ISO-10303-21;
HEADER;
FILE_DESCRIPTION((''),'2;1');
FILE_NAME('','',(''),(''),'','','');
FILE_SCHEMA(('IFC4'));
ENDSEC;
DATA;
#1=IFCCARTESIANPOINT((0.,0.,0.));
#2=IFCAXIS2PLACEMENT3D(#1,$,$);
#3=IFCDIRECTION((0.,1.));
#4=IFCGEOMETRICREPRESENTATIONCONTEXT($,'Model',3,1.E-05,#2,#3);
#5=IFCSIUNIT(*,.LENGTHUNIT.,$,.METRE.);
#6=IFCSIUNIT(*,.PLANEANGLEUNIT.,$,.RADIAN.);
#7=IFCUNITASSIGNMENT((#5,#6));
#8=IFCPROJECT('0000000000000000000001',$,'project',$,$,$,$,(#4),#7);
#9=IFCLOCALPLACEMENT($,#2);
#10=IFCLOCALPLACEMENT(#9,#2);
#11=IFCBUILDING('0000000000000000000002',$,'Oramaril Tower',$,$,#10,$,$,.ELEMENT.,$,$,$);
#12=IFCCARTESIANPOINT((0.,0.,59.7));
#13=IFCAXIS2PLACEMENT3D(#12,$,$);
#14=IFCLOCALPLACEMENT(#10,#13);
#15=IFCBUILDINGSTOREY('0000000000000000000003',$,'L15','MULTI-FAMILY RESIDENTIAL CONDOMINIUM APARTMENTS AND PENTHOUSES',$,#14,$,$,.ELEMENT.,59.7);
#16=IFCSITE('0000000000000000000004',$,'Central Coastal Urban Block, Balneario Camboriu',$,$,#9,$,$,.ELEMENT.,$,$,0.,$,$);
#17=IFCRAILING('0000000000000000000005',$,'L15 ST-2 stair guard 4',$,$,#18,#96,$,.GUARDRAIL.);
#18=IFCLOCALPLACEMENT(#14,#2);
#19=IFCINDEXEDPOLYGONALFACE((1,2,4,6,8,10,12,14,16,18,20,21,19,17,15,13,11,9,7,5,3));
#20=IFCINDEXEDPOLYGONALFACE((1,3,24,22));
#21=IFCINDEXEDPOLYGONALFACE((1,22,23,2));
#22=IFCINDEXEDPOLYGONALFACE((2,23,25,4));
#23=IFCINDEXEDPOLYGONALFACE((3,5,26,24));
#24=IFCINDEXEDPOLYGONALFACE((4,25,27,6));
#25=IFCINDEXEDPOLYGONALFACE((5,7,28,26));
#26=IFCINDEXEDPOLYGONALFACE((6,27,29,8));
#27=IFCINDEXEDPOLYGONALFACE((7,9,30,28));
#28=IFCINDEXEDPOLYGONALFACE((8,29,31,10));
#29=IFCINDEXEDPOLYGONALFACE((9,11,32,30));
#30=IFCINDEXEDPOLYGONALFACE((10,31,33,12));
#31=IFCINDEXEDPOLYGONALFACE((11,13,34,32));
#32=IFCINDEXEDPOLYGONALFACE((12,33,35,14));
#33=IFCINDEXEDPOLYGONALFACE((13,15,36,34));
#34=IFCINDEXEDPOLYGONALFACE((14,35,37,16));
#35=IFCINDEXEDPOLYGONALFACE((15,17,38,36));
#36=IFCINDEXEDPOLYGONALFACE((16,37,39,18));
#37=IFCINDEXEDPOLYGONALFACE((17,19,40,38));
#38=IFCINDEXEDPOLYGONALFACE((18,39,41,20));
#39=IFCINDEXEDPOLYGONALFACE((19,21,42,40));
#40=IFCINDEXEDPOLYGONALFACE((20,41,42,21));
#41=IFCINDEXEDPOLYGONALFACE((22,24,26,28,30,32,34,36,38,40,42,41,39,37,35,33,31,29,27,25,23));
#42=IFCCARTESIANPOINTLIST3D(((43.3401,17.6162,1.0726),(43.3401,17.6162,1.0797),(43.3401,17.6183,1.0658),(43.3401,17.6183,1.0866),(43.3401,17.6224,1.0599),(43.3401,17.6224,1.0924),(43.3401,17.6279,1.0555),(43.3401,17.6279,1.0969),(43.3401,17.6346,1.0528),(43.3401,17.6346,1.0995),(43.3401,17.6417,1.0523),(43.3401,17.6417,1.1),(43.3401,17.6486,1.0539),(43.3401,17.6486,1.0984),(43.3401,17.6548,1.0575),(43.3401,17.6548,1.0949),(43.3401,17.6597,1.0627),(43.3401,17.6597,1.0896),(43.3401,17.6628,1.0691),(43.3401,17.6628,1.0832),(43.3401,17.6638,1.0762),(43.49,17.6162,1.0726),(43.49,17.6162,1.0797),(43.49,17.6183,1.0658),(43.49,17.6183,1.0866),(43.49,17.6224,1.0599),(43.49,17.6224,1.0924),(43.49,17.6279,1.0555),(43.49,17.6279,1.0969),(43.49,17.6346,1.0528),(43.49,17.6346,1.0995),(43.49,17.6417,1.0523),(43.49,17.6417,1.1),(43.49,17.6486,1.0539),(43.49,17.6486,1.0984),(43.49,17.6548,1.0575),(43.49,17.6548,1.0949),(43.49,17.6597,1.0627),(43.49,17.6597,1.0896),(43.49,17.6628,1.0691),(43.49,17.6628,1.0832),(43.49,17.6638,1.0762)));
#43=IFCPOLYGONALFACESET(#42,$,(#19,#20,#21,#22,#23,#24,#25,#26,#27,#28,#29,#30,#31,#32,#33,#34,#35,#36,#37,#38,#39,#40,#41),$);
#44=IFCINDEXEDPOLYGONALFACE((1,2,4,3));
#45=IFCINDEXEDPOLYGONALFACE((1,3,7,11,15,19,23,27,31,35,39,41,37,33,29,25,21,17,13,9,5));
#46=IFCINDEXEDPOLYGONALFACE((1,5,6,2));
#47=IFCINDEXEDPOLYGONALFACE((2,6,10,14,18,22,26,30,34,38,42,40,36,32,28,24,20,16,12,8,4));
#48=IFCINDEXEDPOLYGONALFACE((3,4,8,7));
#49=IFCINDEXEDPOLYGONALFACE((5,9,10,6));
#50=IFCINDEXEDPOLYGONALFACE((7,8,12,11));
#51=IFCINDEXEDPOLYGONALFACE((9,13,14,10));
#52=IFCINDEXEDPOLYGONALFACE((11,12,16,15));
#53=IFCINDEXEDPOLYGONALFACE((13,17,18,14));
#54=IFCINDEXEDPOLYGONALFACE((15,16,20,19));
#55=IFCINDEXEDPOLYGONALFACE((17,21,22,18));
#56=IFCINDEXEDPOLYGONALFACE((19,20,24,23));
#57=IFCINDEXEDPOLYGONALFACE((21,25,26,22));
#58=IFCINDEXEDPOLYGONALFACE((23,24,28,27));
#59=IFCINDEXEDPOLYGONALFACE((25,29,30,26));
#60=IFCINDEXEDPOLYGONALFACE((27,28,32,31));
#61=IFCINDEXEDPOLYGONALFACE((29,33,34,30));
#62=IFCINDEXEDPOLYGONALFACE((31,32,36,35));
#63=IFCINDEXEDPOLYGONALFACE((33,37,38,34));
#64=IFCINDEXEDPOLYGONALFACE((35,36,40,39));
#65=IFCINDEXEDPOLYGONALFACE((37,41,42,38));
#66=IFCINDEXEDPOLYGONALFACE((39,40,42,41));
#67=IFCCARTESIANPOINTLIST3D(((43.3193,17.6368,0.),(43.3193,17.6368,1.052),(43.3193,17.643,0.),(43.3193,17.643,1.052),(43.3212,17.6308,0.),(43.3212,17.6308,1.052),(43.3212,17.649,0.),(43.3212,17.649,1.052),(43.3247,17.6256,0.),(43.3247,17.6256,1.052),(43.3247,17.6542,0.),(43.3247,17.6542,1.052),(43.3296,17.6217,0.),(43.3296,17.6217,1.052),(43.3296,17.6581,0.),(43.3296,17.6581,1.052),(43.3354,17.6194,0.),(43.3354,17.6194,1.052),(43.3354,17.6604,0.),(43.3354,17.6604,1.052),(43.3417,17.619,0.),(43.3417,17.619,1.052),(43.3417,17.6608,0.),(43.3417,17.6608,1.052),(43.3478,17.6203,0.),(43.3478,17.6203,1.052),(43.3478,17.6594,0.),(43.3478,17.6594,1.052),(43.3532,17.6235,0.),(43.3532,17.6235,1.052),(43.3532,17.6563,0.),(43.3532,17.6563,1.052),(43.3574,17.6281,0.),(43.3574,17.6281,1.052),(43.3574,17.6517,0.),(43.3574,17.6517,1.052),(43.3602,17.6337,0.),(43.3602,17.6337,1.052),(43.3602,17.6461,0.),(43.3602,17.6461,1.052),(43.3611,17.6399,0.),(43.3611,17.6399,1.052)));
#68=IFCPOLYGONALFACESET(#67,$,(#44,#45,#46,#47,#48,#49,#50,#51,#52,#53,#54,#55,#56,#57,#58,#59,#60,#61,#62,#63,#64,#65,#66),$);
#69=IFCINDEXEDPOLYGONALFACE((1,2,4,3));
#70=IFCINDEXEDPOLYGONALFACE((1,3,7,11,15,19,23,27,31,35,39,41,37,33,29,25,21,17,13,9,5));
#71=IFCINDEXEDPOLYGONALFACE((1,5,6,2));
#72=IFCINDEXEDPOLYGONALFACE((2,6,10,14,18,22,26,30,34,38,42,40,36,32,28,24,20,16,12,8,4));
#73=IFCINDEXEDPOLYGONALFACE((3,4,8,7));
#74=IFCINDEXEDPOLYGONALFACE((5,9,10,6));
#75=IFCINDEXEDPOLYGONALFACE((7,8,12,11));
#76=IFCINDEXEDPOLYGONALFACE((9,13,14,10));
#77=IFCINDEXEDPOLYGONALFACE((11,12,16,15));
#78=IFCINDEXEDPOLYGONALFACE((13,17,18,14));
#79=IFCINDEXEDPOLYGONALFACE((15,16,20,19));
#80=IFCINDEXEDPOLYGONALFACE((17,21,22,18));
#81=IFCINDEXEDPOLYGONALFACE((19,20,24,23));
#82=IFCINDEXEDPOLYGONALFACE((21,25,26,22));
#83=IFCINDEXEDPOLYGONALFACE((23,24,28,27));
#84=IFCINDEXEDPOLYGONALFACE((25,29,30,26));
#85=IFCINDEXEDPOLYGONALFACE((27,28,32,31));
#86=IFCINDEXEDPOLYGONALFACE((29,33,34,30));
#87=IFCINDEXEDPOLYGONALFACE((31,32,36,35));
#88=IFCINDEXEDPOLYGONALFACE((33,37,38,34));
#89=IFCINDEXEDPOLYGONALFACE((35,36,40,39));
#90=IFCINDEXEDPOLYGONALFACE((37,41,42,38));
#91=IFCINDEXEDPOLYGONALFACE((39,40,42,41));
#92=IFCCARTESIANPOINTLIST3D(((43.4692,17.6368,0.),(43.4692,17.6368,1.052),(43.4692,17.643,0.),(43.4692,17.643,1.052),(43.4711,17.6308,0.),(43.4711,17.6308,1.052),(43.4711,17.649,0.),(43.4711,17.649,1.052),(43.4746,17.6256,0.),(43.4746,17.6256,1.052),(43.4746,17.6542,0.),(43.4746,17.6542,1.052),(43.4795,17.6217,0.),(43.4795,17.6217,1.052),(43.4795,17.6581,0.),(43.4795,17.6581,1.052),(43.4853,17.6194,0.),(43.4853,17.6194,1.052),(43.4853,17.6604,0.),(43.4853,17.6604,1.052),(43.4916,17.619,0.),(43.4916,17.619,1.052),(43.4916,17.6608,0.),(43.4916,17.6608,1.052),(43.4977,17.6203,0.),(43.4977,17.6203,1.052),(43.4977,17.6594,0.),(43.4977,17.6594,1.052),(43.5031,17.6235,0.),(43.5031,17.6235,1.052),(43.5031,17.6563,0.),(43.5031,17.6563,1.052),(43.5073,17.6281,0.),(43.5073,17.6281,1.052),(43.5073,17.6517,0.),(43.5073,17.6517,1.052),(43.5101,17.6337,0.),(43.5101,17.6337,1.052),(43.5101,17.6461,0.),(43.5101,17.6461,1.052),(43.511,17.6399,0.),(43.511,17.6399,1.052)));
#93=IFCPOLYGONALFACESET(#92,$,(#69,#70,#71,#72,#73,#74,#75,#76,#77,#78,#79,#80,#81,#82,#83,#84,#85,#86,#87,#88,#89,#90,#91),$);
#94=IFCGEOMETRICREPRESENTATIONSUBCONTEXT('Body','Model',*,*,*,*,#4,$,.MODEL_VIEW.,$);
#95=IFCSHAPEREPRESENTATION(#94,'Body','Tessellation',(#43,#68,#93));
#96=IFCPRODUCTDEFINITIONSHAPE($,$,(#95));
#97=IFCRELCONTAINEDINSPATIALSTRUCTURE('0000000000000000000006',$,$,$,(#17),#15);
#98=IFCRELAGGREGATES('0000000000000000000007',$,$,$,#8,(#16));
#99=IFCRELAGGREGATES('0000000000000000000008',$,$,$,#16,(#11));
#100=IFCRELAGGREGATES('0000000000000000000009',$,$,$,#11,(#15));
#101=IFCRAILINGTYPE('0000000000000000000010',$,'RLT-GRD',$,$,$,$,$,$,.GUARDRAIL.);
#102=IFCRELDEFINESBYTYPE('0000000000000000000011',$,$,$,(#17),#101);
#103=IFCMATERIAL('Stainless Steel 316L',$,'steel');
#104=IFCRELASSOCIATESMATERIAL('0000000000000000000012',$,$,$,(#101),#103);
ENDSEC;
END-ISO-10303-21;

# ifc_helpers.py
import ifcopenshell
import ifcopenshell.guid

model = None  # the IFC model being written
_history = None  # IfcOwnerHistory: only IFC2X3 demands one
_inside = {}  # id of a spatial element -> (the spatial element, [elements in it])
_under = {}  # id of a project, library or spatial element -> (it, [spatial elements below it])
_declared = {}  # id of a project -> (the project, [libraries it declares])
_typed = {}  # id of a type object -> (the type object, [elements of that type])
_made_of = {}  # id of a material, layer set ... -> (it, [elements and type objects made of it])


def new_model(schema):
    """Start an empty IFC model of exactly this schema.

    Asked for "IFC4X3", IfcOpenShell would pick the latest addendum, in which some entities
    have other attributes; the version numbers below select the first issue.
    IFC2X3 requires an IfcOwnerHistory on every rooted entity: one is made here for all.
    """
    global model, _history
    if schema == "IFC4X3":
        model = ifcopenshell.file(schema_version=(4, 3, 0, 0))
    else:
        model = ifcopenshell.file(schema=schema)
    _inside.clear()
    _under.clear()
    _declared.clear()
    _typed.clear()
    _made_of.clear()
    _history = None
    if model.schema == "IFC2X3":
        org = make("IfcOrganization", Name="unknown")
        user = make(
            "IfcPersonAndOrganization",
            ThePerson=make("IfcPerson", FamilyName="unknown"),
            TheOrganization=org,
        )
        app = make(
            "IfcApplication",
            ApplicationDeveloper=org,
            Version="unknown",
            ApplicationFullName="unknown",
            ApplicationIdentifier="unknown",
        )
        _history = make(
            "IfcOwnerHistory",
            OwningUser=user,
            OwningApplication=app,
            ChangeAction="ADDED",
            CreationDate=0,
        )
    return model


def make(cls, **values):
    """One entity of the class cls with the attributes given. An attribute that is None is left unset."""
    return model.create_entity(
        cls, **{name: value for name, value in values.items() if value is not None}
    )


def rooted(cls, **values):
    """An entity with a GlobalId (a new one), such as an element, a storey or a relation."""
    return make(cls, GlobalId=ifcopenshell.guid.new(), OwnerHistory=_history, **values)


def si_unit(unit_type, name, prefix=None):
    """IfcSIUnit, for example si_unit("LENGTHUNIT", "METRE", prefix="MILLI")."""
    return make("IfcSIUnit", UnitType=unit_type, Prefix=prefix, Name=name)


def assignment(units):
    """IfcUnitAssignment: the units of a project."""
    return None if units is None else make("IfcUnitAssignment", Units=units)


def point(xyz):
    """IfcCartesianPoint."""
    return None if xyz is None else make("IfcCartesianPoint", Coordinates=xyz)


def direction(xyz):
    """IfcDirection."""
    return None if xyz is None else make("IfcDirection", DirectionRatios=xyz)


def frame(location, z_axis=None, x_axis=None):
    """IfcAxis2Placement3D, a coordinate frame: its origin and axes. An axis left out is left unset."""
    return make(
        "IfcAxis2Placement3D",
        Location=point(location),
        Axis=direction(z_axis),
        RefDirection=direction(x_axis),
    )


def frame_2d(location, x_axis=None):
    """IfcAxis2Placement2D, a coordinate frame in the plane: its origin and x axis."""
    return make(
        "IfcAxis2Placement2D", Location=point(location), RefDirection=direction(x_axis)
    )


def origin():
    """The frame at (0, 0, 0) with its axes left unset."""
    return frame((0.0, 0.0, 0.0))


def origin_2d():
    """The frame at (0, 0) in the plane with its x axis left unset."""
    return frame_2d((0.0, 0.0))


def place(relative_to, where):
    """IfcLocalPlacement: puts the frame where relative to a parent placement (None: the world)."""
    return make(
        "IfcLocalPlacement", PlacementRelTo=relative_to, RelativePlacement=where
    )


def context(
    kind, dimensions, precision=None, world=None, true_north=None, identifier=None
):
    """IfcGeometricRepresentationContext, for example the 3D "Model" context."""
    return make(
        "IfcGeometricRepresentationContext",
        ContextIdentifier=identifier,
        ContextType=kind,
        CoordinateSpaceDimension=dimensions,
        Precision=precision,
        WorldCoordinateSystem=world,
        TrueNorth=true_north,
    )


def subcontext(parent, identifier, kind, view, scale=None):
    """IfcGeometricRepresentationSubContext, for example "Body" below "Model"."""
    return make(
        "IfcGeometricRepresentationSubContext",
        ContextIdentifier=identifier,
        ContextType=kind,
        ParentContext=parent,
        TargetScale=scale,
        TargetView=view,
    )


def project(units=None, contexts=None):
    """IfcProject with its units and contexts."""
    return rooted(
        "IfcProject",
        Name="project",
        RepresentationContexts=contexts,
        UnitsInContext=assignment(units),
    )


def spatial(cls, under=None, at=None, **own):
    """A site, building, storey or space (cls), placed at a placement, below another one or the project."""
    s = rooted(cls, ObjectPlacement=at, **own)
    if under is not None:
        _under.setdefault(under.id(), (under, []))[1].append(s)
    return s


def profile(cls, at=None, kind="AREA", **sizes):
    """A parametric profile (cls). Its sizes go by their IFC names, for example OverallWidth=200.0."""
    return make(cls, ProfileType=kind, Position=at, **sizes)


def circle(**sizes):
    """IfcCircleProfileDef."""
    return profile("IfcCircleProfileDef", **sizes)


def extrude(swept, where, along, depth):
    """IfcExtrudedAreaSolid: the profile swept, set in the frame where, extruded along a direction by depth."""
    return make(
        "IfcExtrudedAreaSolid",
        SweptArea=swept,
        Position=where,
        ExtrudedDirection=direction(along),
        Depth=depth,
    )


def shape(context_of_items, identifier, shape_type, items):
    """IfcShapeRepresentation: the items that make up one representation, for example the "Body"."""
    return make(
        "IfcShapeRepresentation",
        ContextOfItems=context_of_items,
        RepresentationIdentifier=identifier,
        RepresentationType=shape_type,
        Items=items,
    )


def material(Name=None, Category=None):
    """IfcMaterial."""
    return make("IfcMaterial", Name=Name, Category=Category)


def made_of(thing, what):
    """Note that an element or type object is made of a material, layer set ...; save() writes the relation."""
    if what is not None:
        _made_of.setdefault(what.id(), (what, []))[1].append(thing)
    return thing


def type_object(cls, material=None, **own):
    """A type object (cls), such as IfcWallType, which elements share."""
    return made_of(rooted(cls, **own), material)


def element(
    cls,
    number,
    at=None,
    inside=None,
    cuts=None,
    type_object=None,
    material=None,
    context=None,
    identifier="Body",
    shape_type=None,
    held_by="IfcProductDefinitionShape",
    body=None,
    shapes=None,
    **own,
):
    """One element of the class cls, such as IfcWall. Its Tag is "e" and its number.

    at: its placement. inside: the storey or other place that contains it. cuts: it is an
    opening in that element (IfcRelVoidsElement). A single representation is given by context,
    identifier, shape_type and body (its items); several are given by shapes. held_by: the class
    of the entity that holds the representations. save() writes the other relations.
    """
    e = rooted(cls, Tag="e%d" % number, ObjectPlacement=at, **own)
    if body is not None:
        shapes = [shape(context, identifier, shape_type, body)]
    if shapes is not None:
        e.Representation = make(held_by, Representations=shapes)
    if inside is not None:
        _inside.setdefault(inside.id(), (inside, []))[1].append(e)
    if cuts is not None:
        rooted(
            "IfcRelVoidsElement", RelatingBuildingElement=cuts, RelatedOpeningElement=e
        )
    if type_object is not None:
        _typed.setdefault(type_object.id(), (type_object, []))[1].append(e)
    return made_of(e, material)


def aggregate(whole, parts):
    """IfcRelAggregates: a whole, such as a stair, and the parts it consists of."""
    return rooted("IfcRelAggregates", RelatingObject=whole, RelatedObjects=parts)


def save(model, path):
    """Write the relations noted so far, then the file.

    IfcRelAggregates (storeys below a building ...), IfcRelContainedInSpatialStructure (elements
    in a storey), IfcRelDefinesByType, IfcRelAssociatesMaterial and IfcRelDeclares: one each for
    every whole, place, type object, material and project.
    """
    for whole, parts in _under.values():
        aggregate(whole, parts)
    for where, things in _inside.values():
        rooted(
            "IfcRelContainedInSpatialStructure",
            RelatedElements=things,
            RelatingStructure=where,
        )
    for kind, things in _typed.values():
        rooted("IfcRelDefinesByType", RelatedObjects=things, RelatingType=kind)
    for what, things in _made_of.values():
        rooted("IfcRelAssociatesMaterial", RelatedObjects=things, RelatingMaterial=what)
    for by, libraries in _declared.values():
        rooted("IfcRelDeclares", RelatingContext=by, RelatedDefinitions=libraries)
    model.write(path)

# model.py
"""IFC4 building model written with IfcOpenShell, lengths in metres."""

from ifc_helpers import new_model, si_unit, direction, frame, origin, origin_2d, place, context, subcontext, project, spatial, circle, extrude, material, type_object, element, save


model = new_model("IFC4")

# Units and contexts
model_context = context("Model", 3, precision=1e-05, world=origin(), true_north=direction((0.0, 1.0)))
body_context = subcontext(model_context, "Body", "Model", "MODEL_VIEW")
ifc_project = project(units=[si_unit("LENGTHUNIT", "METRE"), si_unit("PLANEANGLEUNIT", "RADIAN")], contexts=[model_context])

# Site, building, storey
site_placement = place(None, origin())
site = spatial("IfcSite", under=ifc_project, at=site_placement, Name="Central Coastal Urban Block, Balneario Camboriu", CompositionType="ELEMENT", RefElevation=0.0)
building_placement = place(site_placement, origin())
building = spatial("IfcBuilding", under=site, at=building_placement, Name="Oramaril Tower", CompositionType="ELEMENT")
storey_placement = place(building_placement, frame((0.0, 0.0, 59.7)))
storey = spatial("IfcBuildingStorey", under=building, at=storey_placement, Name="L15", Description="MULTI-FAMILY RESIDENTIAL CONDOMINIUM APARTMENTS AND PENTHOUSES", CompositionType="ELEMENT", Elevation=59.7)

# Railing
ifc_material_1 = material(Name="Stainless Steel 316L", Category="steel")
railing_type = type_object("IfcRailingType", Name="RLT-GRD", PredefinedType="GUARDRAIL", material=ifc_material_1)
railing_1_placement = place(storey_placement, frame((43.3401, 17.6399, 0.0)))
element("IfcRailing", 1, at=railing_1_placement, inside=storey, type_object=railing_type, Name="L15 ST-2 stair guard 4", PredefinedType="GUARDRAIL", context=body_context, shape_type="SweptSolid", body=[
    extrude(circle(Radius=0.0239, at=origin_2d()), frame((0.0, 0.0, 1.0762), z_axis=(1.0, 0.0, 0.0), x_axis=(0.0, 1.0, 0.0)), (0.0, 0.0, 1.0), 0.1499),
    extrude(circle(Radius=0.021, at=origin_2d()), origin(), (0.0, 0.0, 1.0), 1.052),
    extrude(circle(Radius=0.021, at=origin_2d()), frame((0.1499, 0.0, 0.0)), (0.0, 0.0, 1.0), 1.052),
])

save(model, "model.ifc")
